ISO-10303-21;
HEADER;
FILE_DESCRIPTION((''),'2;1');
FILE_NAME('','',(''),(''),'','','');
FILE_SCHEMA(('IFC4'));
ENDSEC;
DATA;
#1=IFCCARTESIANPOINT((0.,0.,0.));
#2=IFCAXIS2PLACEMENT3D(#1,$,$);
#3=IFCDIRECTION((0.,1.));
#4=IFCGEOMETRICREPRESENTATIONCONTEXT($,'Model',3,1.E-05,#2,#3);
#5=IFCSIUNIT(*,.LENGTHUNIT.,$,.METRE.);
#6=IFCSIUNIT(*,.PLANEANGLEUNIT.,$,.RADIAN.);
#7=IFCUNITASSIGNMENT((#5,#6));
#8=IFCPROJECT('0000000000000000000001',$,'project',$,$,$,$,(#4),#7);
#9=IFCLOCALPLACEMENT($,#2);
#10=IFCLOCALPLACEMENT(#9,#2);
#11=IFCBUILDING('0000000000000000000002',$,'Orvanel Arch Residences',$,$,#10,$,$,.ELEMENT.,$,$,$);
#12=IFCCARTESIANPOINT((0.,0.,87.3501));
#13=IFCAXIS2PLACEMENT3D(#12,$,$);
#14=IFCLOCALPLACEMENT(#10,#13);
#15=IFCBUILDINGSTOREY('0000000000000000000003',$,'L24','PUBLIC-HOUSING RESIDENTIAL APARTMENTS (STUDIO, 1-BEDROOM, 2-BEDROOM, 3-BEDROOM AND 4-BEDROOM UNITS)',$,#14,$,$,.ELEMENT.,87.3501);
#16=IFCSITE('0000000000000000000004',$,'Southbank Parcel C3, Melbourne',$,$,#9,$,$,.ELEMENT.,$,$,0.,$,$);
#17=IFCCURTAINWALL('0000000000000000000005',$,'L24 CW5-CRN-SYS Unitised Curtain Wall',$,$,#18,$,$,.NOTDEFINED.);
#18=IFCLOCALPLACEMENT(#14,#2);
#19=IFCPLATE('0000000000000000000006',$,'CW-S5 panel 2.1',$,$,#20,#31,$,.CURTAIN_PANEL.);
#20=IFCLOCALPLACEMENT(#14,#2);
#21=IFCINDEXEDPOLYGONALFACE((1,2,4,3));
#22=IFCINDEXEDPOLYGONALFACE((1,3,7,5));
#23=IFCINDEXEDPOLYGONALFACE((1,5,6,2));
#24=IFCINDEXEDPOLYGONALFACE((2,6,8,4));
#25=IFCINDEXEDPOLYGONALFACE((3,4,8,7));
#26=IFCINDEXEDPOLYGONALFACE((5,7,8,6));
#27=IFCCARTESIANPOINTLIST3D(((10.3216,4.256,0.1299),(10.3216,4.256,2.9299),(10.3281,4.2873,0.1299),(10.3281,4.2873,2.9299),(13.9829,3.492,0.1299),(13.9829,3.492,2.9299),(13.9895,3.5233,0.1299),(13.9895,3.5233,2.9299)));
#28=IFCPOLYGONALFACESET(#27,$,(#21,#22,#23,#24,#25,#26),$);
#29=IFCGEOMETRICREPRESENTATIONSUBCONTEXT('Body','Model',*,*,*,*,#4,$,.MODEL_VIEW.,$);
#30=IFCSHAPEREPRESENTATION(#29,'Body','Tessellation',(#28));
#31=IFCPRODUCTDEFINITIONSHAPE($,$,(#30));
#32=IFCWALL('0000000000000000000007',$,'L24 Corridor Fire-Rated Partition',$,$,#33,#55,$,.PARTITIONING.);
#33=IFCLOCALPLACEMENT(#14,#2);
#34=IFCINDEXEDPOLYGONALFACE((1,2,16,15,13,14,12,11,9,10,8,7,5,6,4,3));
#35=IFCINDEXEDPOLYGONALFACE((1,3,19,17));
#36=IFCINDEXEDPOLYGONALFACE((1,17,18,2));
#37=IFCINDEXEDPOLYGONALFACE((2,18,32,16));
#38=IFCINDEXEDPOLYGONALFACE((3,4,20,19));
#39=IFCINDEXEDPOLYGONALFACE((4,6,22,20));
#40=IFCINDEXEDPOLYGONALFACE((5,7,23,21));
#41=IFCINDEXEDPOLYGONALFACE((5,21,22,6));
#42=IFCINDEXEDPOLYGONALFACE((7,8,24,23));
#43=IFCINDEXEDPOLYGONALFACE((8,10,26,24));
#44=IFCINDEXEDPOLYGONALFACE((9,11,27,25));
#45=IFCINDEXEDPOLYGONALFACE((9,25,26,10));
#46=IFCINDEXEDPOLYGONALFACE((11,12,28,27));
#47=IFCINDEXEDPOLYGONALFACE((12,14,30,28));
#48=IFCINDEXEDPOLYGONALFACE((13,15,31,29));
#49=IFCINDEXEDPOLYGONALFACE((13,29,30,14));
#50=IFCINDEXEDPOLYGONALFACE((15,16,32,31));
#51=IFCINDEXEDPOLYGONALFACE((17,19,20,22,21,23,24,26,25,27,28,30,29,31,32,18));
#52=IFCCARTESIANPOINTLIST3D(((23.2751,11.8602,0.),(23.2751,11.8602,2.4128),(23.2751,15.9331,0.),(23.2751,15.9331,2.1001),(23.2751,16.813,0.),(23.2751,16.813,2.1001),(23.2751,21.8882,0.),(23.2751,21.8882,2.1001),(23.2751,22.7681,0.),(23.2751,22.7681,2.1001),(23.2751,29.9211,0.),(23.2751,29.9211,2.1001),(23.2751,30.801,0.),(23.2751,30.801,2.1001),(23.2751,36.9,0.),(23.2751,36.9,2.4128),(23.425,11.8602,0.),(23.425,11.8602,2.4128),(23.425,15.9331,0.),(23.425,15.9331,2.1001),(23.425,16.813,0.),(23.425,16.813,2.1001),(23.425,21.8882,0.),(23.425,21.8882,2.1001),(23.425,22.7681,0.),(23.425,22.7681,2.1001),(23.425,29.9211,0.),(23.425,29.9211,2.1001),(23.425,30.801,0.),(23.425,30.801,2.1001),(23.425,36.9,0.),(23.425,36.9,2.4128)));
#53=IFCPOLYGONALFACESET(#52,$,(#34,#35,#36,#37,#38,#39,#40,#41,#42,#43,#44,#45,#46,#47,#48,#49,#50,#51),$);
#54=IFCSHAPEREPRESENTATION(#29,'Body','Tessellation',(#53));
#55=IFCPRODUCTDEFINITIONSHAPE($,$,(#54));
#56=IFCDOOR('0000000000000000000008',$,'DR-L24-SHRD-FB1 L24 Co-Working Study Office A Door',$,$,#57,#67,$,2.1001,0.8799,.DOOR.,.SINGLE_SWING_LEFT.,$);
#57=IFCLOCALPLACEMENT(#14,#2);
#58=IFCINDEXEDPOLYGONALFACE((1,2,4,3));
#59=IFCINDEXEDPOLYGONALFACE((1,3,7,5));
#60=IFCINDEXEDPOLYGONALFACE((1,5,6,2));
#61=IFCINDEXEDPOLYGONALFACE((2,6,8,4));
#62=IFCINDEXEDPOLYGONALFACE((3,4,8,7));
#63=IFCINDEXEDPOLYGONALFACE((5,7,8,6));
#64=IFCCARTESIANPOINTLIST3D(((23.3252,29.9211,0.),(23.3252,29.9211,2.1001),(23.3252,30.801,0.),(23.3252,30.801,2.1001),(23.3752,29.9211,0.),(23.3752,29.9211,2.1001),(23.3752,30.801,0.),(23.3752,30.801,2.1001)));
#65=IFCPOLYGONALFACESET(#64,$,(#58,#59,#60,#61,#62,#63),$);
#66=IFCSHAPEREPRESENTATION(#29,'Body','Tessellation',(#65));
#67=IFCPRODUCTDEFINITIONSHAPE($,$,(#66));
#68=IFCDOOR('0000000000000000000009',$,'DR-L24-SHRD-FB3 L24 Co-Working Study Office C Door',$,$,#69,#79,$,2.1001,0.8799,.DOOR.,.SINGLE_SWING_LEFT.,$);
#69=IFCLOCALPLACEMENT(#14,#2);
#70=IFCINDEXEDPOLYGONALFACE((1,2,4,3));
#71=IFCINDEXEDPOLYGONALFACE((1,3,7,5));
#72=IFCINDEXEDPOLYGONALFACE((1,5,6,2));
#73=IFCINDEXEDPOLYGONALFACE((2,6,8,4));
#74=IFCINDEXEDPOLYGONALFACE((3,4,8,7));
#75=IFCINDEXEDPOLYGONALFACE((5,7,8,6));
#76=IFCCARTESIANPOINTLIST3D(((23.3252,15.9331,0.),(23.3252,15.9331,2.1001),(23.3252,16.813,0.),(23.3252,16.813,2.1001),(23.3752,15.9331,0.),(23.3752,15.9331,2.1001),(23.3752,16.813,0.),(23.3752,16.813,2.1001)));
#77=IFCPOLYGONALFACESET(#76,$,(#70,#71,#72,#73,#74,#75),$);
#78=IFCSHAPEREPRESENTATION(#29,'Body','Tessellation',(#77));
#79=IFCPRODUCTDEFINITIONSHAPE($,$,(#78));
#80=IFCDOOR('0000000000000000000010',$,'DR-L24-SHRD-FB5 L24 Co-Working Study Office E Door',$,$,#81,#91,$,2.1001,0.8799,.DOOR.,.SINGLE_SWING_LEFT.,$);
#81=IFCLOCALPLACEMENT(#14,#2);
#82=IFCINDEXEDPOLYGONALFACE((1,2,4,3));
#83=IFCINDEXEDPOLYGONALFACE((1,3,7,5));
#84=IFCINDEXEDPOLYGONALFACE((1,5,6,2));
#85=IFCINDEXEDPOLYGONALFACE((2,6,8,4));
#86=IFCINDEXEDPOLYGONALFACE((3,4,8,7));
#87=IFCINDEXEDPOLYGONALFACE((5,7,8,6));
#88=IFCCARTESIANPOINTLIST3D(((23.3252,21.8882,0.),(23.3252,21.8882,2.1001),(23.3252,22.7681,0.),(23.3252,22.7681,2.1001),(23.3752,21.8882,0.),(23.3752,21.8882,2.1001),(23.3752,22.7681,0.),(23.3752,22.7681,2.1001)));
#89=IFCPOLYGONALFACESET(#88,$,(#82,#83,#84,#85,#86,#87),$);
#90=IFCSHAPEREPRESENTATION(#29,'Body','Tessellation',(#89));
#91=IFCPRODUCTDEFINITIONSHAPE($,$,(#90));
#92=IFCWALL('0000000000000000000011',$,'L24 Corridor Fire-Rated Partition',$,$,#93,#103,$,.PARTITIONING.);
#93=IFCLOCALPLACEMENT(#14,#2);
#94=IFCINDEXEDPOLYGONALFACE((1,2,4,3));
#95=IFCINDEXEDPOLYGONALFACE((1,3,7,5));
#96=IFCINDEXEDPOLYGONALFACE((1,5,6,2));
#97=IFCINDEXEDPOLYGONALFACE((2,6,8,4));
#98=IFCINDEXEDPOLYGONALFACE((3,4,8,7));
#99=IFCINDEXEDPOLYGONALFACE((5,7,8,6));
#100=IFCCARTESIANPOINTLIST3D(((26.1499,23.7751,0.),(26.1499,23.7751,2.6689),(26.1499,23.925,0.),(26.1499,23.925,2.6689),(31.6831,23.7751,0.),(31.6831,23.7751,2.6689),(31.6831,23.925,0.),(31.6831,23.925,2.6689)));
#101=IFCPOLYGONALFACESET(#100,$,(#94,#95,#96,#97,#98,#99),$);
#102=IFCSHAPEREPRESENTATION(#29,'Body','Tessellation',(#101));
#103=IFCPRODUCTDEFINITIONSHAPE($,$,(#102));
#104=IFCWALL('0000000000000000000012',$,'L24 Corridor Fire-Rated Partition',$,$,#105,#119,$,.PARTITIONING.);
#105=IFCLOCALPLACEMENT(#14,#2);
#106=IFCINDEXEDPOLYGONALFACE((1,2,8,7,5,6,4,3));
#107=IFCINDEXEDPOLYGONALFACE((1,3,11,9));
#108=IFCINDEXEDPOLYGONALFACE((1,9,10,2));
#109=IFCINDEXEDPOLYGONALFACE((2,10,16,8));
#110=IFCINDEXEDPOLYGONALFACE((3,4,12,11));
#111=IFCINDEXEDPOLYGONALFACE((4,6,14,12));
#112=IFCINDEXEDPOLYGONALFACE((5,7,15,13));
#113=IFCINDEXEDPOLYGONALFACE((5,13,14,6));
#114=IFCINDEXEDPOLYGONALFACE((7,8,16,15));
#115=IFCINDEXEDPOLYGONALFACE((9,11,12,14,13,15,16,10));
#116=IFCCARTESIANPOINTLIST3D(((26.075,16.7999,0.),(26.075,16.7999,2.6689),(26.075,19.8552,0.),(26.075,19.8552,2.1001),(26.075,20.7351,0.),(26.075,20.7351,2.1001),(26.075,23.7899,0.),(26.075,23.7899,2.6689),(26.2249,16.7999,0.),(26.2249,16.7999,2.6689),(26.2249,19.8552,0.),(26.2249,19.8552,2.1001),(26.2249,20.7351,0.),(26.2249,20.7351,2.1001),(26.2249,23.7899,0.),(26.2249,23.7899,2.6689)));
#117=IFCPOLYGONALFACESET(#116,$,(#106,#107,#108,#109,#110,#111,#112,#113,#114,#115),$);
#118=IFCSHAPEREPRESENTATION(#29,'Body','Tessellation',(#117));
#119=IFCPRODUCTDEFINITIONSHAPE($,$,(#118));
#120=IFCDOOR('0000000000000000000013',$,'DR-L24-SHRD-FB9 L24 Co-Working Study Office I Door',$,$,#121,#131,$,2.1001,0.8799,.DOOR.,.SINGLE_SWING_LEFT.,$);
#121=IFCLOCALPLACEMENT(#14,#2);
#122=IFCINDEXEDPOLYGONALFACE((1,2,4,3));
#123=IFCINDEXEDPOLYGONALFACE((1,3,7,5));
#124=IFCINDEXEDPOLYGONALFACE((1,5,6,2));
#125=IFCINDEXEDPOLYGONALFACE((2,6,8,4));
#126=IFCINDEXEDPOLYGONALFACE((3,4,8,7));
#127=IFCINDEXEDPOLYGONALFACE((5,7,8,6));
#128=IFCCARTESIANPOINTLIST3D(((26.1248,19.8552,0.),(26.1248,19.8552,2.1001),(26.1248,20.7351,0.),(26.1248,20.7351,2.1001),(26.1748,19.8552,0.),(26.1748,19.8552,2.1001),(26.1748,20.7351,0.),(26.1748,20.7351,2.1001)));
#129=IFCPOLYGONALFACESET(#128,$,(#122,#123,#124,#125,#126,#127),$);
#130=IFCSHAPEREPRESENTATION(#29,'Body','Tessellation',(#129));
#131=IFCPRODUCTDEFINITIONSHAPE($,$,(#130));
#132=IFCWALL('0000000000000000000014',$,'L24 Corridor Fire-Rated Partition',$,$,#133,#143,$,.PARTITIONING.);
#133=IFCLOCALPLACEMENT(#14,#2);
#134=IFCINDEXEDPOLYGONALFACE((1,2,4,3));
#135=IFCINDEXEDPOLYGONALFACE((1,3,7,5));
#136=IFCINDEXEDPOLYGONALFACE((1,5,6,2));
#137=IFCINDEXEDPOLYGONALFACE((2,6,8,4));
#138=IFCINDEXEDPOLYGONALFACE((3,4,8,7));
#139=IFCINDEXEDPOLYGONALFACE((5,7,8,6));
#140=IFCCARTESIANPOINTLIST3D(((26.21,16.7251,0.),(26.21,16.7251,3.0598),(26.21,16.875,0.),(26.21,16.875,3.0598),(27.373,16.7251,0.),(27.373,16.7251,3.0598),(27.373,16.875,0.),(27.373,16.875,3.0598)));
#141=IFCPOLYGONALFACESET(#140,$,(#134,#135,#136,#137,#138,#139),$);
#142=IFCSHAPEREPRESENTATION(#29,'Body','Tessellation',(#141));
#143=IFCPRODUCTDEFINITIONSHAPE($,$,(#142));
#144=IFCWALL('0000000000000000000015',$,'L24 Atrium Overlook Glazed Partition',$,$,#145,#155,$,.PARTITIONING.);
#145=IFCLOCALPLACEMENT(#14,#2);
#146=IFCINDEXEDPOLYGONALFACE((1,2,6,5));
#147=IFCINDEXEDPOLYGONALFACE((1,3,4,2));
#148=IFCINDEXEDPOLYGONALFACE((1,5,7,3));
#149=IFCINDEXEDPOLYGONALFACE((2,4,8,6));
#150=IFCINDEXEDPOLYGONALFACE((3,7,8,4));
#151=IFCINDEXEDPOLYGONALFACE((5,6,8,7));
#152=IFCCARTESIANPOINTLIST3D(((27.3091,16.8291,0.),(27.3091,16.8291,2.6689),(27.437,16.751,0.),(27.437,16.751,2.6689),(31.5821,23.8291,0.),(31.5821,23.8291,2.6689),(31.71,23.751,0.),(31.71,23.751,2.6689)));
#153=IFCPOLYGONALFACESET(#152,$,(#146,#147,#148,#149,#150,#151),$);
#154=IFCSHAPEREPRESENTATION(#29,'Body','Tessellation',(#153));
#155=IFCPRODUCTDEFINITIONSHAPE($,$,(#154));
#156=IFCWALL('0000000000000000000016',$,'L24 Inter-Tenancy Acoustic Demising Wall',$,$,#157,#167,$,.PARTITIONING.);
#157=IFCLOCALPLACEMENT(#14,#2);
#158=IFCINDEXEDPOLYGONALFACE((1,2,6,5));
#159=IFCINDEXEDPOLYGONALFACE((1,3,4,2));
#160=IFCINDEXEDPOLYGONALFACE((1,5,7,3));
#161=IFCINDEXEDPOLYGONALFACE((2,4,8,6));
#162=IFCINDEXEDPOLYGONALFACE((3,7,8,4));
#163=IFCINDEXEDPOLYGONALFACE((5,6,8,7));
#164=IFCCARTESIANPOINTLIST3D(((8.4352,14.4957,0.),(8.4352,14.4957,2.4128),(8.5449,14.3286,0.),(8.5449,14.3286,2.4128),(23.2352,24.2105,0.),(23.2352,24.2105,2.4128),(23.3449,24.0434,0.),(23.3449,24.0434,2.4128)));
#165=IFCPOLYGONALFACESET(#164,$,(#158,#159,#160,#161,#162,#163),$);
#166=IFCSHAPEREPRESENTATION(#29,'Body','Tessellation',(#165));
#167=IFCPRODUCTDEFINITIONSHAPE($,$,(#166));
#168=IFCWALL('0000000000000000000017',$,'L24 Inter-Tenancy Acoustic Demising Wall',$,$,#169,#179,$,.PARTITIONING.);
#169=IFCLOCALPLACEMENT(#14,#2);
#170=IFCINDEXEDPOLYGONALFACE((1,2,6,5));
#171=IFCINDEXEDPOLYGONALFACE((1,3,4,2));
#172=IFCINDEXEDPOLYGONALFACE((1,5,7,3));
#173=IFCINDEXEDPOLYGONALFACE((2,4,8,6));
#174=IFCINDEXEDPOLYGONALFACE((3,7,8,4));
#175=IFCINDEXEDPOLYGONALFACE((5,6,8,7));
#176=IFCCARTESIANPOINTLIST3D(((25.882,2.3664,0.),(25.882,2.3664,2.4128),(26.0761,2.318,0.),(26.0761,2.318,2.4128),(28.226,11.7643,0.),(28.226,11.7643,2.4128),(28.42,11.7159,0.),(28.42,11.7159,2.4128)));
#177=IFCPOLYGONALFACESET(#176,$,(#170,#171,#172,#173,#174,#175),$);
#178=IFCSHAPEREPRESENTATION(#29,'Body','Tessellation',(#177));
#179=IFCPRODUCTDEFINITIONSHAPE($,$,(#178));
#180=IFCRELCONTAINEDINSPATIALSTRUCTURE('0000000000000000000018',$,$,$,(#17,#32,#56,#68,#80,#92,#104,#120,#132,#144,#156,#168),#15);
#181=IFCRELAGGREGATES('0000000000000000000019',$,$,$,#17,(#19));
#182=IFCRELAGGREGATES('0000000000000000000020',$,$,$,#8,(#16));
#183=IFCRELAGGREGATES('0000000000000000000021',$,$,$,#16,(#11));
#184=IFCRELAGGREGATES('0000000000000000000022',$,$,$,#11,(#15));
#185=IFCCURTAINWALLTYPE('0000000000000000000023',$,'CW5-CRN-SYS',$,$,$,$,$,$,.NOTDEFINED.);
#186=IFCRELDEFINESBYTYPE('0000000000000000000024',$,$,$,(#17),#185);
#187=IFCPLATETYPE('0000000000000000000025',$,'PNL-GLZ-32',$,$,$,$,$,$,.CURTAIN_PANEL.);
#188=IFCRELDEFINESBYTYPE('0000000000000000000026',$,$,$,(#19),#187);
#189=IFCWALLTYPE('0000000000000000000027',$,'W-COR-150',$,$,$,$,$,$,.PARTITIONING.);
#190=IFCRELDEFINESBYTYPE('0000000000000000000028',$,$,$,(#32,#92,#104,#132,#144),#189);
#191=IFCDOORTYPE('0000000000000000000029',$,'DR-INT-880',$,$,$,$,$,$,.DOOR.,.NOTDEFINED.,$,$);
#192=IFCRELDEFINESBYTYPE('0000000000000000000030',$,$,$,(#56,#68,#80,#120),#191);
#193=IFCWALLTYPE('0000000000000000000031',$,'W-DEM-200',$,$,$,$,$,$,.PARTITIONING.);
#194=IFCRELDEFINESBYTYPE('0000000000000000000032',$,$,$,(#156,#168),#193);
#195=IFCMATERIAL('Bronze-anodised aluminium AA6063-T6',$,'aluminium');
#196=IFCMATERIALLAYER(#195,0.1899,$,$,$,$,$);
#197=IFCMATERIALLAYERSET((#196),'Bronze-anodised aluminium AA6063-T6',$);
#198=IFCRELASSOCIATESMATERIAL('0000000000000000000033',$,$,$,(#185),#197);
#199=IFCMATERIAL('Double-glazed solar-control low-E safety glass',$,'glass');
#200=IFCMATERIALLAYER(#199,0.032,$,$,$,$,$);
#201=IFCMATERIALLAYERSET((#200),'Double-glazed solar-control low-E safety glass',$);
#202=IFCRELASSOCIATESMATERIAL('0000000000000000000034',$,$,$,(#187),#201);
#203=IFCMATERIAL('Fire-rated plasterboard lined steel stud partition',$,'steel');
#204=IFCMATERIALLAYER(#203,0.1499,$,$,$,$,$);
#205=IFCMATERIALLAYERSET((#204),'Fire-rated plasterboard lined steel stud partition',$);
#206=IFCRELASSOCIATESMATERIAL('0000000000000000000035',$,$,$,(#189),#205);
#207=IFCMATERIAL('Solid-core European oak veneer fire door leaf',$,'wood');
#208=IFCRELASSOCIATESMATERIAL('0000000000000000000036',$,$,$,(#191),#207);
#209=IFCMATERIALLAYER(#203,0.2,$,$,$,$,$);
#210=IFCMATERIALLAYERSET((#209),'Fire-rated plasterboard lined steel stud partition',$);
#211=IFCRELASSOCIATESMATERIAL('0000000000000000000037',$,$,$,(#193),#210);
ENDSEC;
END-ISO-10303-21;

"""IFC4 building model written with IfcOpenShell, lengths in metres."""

from ifc_helpers import new_model, si_unit, direction, frame, frame_2d, origin, origin_2d, place, context, subcontext, project, spatial, rectangle, extrude, material, layer, layer_set, type_object, element, fill, aggregate, save


model = new_model("IFC4")

# Units and contexts
model_context = context("Model", 3, precision=1e-05, world=origin(), true_north=direction((0.0, 1.0)))
body_context = subcontext(model_context, "Body", "Model", "MODEL_VIEW")
ifc_project = project(units=[si_unit("LENGTHUNIT", "METRE"), si_unit("PLANEANGLEUNIT", "RADIAN")], contexts=[model_context])

# Site, building, storey
site_placement = place(None, origin())
site = spatial("IfcSite", under=ifc_project, at=site_placement, Name="Southbank Parcel C3, Melbourne", CompositionType="ELEMENT", RefElevation=0.0)
building_placement = place(site_placement, origin())
building = spatial("IfcBuilding", under=site, at=building_placement, Name="Orvanel Arch Residences", CompositionType="ELEMENT")
storey_placement = place(building_placement, frame((0.0, 0.0, 87.3501)))
storey = spatial("IfcBuildingStorey", under=building, at=storey_placement, Name="L24", Description="PUBLIC-HOUSING RESIDENTIAL APARTMENTS (STUDIO, 1-BEDROOM, 2-BEDROOM, 3-BEDROOM AND 4-BEDROOM UNITS)", CompositionType="ELEMENT", Elevation=87.3501)

# Curtain wall, plate
ifc_material_1 = material(Name="Bronze-anodised aluminium AA6063-T6", Category="aluminium")
ifc_layer_1 = layer(ifc_material_1, 0.1899)
ifc_layer_set_1 = layer_set([ifc_layer_1], Name="Bronze-anodised aluminium AA6063-T6")
curtain_wall_type = type_object("IfcCurtainWallType", Name="CW5-CRN-SYS", PredefinedType="NOTDEFINED", material=ifc_layer_set_1)
curtain_wall_placement = place(storey_placement, origin())
curtain_wall = element("IfcCurtainWall", 1, at=curtain_wall_placement, inside=storey, type_object=curtain_wall_type, Name="L24 CW5-CRN-SYS Unitised Curtain Wall", PredefinedType="NOTDEFINED")
ifc_material_2 = material(Name="Double-glazed solar-control low-E safety glass", Category="glass")
ifc_layer_2 = layer(ifc_material_2, 0.032)
ifc_layer_set_2 = layer_set([ifc_layer_2], Name="Double-glazed solar-control low-E safety glass")
plate_type = type_object("IfcPlateType", Name="PNL-GLZ-32", PredefinedType="CURTAIN_PANEL", material=ifc_layer_set_2)
plate_placement = place(storey_placement, frame((12.1555, 3.8896, 0.1299), z_axis=(0.0, 0.0, 1.0), x_axis=(0.978912, -0.204282, 0.0)))
plate = element("IfcPlate", 2, at=plate_placement, type_object=plate_type, Name="CW-S5 panel 2.1", PredefinedType="CURTAIN_PANEL", context=body_context, shape_type="SweptSolid", body=[
    extrude(rectangle(XDim=3.7402, YDim=0.032, at=origin_2d()), origin(), (0.0, 0.0, 1.0), 2.8),
])
aggregate(curtain_wall, [plate])

# Wall, openings, doors
ifc_material_3 = material(Name="Fire-rated plasterboard lined steel stud partition", Category="steel")
ifc_layer_3 = layer(ifc_material_3, 0.1499)
ifc_layer_set_3 = layer_set([ifc_layer_3], Name="Fire-rated plasterboard lined steel stud partition")
wall_type_1 = type_object("IfcWallType", Name="W-COR-150", PredefinedType="PARTITIONING", material=ifc_layer_set_3)
wall_1_placement = place(storey_placement, frame((23.3501, 11.8601, 0.0), z_axis=(0.0, 0.0, 1.0), x_axis=(0.0, 1.0, 0.0)))
wall_1 = element("IfcWall", 3, at=wall_1_placement, inside=storey, type_object=wall_type_1, Name="L24 Corridor Fire-Rated Partition", PredefinedType="PARTITIONING", context=body_context, shape_type="SweptSolid", body=[
    extrude(rectangle(XDim=25.0398, YDim=0.1499, at=frame_2d((12.52, 0.0))), origin(), (0.0, 0.0, 1.0), 2.4128),
])
opening_1_placement = place(wall_1_placement, frame((18.061, 0.0, 0.0)))
opening_1 = element("IfcOpeningElement", 4, at=opening_1_placement, cuts=wall_1, PredefinedType="OPENING", context=body_context, shape_type="SweptSolid", body=[
    extrude(rectangle(XDim=0.8799, YDim=2.1001, at=frame_2d((0.4399, 1.05))), frame((0.0, 0.085, 0.0), z_axis=(0.0, -1.0, 0.0), x_axis=(1.0, 0.0, 0.0)), (0.0, 0.0, 1.0), 0.1699),
])
opening_2_placement = place(wall_1_placement, frame((4.073, 0.0, 0.0)))
opening_2 = element("IfcOpeningElement", 5, at=opening_2_placement, cuts=wall_1, PredefinedType="OPENING", context=body_context, shape_type="SweptSolid", body=[
    extrude(rectangle(XDim=0.8799, YDim=2.1001, at=frame_2d((0.4399, 1.05))), frame((0.0, 0.085, 0.0), z_axis=(0.0, -1.0, 0.0), x_axis=(1.0, 0.0, 0.0)), (0.0, 0.0, 1.0), 0.1699),
])
opening_3_placement = place(wall_1_placement, frame((10.0281, 0.0, 0.0)))
opening_3 = element("IfcOpeningElement", 6, at=opening_3_placement, cuts=wall_1, PredefinedType="OPENING", context=body_context, shape_type="SweptSolid", body=[
    extrude(rectangle(XDim=0.8799, YDim=2.1001, at=frame_2d((0.4399, 1.05))), frame((0.0, 0.085, 0.0), z_axis=(0.0, -1.0, 0.0), x_axis=(1.0, 0.0, 0.0)), (0.0, 0.0, 1.0), 0.1699),
])
ifc_material_4 = material(Name="Solid-core European oak veneer fire door leaf", Category="wood")
door_type = type_object("IfcDoorType", Name="DR-INT-880", OperationType="NOTDEFINED", PredefinedType="DOOR", material=ifc_material_4)
door_1_placement = place(opening_1_placement, origin())
door_1 = element("IfcDoor", 7, at=door_1_placement, inside=storey, type_object=door_type, Name="DR-L24-SHRD-FB1 L24 Co-Working Study Office A Door", OperationType="SINGLE_SWING_LEFT", OverallHeight=2.1001, OverallWidth=0.8799, PredefinedType="DOOR", context=body_context, shape_type="SweptSolid", body=[
    extrude(rectangle(XDim=0.8799, YDim=2.1001, at=frame_2d((0.4399, 1.05))), frame((0.0, 0.0249, 0.0), z_axis=(0.0, -1.0, 0.0), x_axis=(1.0, 0.0, 0.0)), (0.0, 0.0, 1.0), 0.05),
])
fill(opening_1, door_1)
door_2_placement = place(opening_2_placement, origin())
door_2 = element("IfcDoor", 8, at=door_2_placement, inside=storey, type_object=door_type, Name="DR-L24-SHRD-FB3 L24 Co-Working Study Office C Door", OperationType="SINGLE_SWING_LEFT", OverallHeight=2.1001, OverallWidth=0.8799, PredefinedType="DOOR", context=body_context, shape_type="SweptSolid", body=[
    extrude(rectangle(XDim=0.8799, YDim=2.1001, at=frame_2d((0.4399, 1.05))), frame((0.0, 0.0249, 0.0), z_axis=(0.0, -1.0, 0.0), x_axis=(1.0, 0.0, 0.0)), (0.0, 0.0, 1.0), 0.05),
])
fill(opening_2, door_2)
door_3_placement = place(opening_3_placement, origin())
door_3 = element("IfcDoor", 9, at=door_3_placement, inside=storey, type_object=door_type, Name="DR-L24-SHRD-FB5 L24 Co-Working Study Office E Door", OperationType="SINGLE_SWING_LEFT", OverallHeight=2.1001, OverallWidth=0.8799, PredefinedType="DOOR", context=body_context, shape_type="SweptSolid", body=[
    extrude(rectangle(XDim=0.8799, YDim=2.1001, at=frame_2d((0.4399, 1.05))), frame((0.0, 0.0249, 0.0), z_axis=(0.0, -1.0, 0.0), x_axis=(1.0, 0.0, 0.0)), (0.0, 0.0, 1.0), 0.05),
])
fill(opening_3, door_3)

# Wall
wall_2_placement = place(storey_placement, frame((31.6831, 23.8501, 0.0), z_axis=(0.0, 0.0, 1.0), x_axis=(-1.0, 0.0, 0.0)))
element("IfcWall", 10, at=wall_2_placement, inside=storey, type_object=wall_type_1, Name="L24 Corridor Fire-Rated Partition", PredefinedType="PARTITIONING", context=body_context, shape_type="SweptSolid", body=[
    extrude(rectangle(XDim=5.5332, YDim=0.1499, at=frame_2d((2.7666, 0.0))), origin(), (0.0, 0.0, 1.0), 2.6689),
])

# Wall, opening, door
wall_3_placement = place(storey_placement, frame((26.1499, 23.79, 0.0), z_axis=(0.0, 0.0, 1.0), x_axis=(0.0, -1.0, 0.0)))
wall_3 = element("IfcWall", 11, at=wall_3_placement, inside=storey, type_object=wall_type_1, Name="L24 Corridor Fire-Rated Partition", PredefinedType="PARTITIONING", context=body_context, shape_type="SweptSolid", body=[
    extrude(rectangle(XDim=6.99, YDim=0.1499, at=frame_2d((3.4951, 0.0))), origin(), (0.0, 0.0, 1.0), 2.6689),
])
opening_4_placement = place(wall_3_placement, frame((3.0549, 0.0, 0.0)))
opening_4 = element("IfcOpeningElement", 12, at=opening_4_placement, cuts=wall_3, PredefinedType="OPENING", context=body_context, shape_type="SweptSolid", body=[
    extrude(rectangle(XDim=0.8799, YDim=2.1001, at=frame_2d((0.4399, 1.05))), frame((0.0, 0.085, 0.0), z_axis=(0.0, -1.0, 0.0), x_axis=(1.0, 0.0, 0.0)), (0.0, 0.0, 1.0), 0.1699),
])
door_4_placement = place(opening_4_placement, origin())
door_4 = element("IfcDoor", 13, at=door_4_placement, inside=storey, type_object=door_type, Name="DR-L24-SHRD-FB9 L24 Co-Working Study Office I Door", OperationType="SINGLE_SWING_LEFT", OverallHeight=2.1001, OverallWidth=0.8799, PredefinedType="DOOR", context=body_context, shape_type="SweptSolid", body=[
    extrude(rectangle(XDim=0.8799, YDim=2.1001, at=frame_2d((0.4399, 1.05))), frame((0.0, 0.0249, 0.0), z_axis=(0.0, -1.0, 0.0), x_axis=(1.0, 0.0, 0.0)), (0.0, 0.0, 1.0), 0.05),
])
fill(opening_4, door_4)

# Walls
wall_4_placement = place(storey_placement, frame((26.21, 16.8, 0.0), z_axis=(0.0, 0.0, 1.0), x_axis=(1.0, 0.0, 0.0)))
element("IfcWall", 14, at=wall_4_placement, inside=storey, type_object=wall_type_1, Name="L24 Corridor Fire-Rated Partition", PredefinedType="PARTITIONING", context=body_context, shape_type="SweptSolid", body=[
    extrude(rectangle(XDim=1.1631, YDim=0.1499, at=frame_2d((0.5815, 0.0))), origin(), (0.0, 0.0, 1.0), 3.0598),
])
wall_5_placement = place(storey_placement, frame((27.373, 16.79, 0.0), z_axis=(0.0, 0.0, 1.0), x_axis=(0.521021, 0.853544, 0.0)))
element("IfcWall", 15, at=wall_5_placement, inside=storey, type_object=wall_type_1, Name="L24 Atrium Overlook Glazed Partition", PredefinedType="PARTITIONING", context=body_context, shape_type="SweptSolid", body=[
    extrude(rectangle(XDim=8.2012, YDim=0.1499, at=frame_2d((4.1006, 0.0))), origin(), (0.0, 0.0, 1.0), 2.6689),
])
ifc_layer_4 = layer(ifc_material_3, 0.2)
ifc_layer_set_4 = layer_set([ifc_layer_4], Name="Fire-rated plasterboard lined steel stud partition")
wall_type_2 = type_object("IfcWallType", Name="W-DEM-200", PredefinedType="PARTITIONING", material=ifc_layer_set_4)
wall_6_placement = place(storey_placement, frame((23.29, 24.127, 0.0), z_axis=(0.0, 0.0, 1.0), x_axis=(-0.835988, -0.548748, 0.0)))
element("IfcWall", 16, at=wall_6_placement, inside=storey, type_object=wall_type_2, Name="L24 Inter-Tenancy Acoustic Demising Wall", PredefinedType="PARTITIONING", context=body_context, shape_type="SweptSolid", body=[
    extrude(rectangle(XDim=17.7036, YDim=0.2, at=frame_2d((8.8518, 0.0))), origin(), (0.0, 0.0, 1.0), 2.4128),
])
wall_7_placement = place(storey_placement, frame((28.323, 11.74, 0.0), z_axis=(0.0, 0.0, 1.0), x_axis=(-0.242002, -0.970276, 0.0)))
element("IfcWall", 17, at=wall_7_placement, inside=storey, type_object=wall_type_2, Name="L24 Inter-Tenancy Acoustic Demising Wall", PredefinedType="PARTITIONING", context=body_context, shape_type="SweptSolid", body=[
    extrude(rectangle(XDim=9.6858, YDim=0.2, at=frame_2d((4.8428, 0.0))), origin(), (0.0, 0.0, 1.0), 2.4128),
])

save(model, "model.ifc")
